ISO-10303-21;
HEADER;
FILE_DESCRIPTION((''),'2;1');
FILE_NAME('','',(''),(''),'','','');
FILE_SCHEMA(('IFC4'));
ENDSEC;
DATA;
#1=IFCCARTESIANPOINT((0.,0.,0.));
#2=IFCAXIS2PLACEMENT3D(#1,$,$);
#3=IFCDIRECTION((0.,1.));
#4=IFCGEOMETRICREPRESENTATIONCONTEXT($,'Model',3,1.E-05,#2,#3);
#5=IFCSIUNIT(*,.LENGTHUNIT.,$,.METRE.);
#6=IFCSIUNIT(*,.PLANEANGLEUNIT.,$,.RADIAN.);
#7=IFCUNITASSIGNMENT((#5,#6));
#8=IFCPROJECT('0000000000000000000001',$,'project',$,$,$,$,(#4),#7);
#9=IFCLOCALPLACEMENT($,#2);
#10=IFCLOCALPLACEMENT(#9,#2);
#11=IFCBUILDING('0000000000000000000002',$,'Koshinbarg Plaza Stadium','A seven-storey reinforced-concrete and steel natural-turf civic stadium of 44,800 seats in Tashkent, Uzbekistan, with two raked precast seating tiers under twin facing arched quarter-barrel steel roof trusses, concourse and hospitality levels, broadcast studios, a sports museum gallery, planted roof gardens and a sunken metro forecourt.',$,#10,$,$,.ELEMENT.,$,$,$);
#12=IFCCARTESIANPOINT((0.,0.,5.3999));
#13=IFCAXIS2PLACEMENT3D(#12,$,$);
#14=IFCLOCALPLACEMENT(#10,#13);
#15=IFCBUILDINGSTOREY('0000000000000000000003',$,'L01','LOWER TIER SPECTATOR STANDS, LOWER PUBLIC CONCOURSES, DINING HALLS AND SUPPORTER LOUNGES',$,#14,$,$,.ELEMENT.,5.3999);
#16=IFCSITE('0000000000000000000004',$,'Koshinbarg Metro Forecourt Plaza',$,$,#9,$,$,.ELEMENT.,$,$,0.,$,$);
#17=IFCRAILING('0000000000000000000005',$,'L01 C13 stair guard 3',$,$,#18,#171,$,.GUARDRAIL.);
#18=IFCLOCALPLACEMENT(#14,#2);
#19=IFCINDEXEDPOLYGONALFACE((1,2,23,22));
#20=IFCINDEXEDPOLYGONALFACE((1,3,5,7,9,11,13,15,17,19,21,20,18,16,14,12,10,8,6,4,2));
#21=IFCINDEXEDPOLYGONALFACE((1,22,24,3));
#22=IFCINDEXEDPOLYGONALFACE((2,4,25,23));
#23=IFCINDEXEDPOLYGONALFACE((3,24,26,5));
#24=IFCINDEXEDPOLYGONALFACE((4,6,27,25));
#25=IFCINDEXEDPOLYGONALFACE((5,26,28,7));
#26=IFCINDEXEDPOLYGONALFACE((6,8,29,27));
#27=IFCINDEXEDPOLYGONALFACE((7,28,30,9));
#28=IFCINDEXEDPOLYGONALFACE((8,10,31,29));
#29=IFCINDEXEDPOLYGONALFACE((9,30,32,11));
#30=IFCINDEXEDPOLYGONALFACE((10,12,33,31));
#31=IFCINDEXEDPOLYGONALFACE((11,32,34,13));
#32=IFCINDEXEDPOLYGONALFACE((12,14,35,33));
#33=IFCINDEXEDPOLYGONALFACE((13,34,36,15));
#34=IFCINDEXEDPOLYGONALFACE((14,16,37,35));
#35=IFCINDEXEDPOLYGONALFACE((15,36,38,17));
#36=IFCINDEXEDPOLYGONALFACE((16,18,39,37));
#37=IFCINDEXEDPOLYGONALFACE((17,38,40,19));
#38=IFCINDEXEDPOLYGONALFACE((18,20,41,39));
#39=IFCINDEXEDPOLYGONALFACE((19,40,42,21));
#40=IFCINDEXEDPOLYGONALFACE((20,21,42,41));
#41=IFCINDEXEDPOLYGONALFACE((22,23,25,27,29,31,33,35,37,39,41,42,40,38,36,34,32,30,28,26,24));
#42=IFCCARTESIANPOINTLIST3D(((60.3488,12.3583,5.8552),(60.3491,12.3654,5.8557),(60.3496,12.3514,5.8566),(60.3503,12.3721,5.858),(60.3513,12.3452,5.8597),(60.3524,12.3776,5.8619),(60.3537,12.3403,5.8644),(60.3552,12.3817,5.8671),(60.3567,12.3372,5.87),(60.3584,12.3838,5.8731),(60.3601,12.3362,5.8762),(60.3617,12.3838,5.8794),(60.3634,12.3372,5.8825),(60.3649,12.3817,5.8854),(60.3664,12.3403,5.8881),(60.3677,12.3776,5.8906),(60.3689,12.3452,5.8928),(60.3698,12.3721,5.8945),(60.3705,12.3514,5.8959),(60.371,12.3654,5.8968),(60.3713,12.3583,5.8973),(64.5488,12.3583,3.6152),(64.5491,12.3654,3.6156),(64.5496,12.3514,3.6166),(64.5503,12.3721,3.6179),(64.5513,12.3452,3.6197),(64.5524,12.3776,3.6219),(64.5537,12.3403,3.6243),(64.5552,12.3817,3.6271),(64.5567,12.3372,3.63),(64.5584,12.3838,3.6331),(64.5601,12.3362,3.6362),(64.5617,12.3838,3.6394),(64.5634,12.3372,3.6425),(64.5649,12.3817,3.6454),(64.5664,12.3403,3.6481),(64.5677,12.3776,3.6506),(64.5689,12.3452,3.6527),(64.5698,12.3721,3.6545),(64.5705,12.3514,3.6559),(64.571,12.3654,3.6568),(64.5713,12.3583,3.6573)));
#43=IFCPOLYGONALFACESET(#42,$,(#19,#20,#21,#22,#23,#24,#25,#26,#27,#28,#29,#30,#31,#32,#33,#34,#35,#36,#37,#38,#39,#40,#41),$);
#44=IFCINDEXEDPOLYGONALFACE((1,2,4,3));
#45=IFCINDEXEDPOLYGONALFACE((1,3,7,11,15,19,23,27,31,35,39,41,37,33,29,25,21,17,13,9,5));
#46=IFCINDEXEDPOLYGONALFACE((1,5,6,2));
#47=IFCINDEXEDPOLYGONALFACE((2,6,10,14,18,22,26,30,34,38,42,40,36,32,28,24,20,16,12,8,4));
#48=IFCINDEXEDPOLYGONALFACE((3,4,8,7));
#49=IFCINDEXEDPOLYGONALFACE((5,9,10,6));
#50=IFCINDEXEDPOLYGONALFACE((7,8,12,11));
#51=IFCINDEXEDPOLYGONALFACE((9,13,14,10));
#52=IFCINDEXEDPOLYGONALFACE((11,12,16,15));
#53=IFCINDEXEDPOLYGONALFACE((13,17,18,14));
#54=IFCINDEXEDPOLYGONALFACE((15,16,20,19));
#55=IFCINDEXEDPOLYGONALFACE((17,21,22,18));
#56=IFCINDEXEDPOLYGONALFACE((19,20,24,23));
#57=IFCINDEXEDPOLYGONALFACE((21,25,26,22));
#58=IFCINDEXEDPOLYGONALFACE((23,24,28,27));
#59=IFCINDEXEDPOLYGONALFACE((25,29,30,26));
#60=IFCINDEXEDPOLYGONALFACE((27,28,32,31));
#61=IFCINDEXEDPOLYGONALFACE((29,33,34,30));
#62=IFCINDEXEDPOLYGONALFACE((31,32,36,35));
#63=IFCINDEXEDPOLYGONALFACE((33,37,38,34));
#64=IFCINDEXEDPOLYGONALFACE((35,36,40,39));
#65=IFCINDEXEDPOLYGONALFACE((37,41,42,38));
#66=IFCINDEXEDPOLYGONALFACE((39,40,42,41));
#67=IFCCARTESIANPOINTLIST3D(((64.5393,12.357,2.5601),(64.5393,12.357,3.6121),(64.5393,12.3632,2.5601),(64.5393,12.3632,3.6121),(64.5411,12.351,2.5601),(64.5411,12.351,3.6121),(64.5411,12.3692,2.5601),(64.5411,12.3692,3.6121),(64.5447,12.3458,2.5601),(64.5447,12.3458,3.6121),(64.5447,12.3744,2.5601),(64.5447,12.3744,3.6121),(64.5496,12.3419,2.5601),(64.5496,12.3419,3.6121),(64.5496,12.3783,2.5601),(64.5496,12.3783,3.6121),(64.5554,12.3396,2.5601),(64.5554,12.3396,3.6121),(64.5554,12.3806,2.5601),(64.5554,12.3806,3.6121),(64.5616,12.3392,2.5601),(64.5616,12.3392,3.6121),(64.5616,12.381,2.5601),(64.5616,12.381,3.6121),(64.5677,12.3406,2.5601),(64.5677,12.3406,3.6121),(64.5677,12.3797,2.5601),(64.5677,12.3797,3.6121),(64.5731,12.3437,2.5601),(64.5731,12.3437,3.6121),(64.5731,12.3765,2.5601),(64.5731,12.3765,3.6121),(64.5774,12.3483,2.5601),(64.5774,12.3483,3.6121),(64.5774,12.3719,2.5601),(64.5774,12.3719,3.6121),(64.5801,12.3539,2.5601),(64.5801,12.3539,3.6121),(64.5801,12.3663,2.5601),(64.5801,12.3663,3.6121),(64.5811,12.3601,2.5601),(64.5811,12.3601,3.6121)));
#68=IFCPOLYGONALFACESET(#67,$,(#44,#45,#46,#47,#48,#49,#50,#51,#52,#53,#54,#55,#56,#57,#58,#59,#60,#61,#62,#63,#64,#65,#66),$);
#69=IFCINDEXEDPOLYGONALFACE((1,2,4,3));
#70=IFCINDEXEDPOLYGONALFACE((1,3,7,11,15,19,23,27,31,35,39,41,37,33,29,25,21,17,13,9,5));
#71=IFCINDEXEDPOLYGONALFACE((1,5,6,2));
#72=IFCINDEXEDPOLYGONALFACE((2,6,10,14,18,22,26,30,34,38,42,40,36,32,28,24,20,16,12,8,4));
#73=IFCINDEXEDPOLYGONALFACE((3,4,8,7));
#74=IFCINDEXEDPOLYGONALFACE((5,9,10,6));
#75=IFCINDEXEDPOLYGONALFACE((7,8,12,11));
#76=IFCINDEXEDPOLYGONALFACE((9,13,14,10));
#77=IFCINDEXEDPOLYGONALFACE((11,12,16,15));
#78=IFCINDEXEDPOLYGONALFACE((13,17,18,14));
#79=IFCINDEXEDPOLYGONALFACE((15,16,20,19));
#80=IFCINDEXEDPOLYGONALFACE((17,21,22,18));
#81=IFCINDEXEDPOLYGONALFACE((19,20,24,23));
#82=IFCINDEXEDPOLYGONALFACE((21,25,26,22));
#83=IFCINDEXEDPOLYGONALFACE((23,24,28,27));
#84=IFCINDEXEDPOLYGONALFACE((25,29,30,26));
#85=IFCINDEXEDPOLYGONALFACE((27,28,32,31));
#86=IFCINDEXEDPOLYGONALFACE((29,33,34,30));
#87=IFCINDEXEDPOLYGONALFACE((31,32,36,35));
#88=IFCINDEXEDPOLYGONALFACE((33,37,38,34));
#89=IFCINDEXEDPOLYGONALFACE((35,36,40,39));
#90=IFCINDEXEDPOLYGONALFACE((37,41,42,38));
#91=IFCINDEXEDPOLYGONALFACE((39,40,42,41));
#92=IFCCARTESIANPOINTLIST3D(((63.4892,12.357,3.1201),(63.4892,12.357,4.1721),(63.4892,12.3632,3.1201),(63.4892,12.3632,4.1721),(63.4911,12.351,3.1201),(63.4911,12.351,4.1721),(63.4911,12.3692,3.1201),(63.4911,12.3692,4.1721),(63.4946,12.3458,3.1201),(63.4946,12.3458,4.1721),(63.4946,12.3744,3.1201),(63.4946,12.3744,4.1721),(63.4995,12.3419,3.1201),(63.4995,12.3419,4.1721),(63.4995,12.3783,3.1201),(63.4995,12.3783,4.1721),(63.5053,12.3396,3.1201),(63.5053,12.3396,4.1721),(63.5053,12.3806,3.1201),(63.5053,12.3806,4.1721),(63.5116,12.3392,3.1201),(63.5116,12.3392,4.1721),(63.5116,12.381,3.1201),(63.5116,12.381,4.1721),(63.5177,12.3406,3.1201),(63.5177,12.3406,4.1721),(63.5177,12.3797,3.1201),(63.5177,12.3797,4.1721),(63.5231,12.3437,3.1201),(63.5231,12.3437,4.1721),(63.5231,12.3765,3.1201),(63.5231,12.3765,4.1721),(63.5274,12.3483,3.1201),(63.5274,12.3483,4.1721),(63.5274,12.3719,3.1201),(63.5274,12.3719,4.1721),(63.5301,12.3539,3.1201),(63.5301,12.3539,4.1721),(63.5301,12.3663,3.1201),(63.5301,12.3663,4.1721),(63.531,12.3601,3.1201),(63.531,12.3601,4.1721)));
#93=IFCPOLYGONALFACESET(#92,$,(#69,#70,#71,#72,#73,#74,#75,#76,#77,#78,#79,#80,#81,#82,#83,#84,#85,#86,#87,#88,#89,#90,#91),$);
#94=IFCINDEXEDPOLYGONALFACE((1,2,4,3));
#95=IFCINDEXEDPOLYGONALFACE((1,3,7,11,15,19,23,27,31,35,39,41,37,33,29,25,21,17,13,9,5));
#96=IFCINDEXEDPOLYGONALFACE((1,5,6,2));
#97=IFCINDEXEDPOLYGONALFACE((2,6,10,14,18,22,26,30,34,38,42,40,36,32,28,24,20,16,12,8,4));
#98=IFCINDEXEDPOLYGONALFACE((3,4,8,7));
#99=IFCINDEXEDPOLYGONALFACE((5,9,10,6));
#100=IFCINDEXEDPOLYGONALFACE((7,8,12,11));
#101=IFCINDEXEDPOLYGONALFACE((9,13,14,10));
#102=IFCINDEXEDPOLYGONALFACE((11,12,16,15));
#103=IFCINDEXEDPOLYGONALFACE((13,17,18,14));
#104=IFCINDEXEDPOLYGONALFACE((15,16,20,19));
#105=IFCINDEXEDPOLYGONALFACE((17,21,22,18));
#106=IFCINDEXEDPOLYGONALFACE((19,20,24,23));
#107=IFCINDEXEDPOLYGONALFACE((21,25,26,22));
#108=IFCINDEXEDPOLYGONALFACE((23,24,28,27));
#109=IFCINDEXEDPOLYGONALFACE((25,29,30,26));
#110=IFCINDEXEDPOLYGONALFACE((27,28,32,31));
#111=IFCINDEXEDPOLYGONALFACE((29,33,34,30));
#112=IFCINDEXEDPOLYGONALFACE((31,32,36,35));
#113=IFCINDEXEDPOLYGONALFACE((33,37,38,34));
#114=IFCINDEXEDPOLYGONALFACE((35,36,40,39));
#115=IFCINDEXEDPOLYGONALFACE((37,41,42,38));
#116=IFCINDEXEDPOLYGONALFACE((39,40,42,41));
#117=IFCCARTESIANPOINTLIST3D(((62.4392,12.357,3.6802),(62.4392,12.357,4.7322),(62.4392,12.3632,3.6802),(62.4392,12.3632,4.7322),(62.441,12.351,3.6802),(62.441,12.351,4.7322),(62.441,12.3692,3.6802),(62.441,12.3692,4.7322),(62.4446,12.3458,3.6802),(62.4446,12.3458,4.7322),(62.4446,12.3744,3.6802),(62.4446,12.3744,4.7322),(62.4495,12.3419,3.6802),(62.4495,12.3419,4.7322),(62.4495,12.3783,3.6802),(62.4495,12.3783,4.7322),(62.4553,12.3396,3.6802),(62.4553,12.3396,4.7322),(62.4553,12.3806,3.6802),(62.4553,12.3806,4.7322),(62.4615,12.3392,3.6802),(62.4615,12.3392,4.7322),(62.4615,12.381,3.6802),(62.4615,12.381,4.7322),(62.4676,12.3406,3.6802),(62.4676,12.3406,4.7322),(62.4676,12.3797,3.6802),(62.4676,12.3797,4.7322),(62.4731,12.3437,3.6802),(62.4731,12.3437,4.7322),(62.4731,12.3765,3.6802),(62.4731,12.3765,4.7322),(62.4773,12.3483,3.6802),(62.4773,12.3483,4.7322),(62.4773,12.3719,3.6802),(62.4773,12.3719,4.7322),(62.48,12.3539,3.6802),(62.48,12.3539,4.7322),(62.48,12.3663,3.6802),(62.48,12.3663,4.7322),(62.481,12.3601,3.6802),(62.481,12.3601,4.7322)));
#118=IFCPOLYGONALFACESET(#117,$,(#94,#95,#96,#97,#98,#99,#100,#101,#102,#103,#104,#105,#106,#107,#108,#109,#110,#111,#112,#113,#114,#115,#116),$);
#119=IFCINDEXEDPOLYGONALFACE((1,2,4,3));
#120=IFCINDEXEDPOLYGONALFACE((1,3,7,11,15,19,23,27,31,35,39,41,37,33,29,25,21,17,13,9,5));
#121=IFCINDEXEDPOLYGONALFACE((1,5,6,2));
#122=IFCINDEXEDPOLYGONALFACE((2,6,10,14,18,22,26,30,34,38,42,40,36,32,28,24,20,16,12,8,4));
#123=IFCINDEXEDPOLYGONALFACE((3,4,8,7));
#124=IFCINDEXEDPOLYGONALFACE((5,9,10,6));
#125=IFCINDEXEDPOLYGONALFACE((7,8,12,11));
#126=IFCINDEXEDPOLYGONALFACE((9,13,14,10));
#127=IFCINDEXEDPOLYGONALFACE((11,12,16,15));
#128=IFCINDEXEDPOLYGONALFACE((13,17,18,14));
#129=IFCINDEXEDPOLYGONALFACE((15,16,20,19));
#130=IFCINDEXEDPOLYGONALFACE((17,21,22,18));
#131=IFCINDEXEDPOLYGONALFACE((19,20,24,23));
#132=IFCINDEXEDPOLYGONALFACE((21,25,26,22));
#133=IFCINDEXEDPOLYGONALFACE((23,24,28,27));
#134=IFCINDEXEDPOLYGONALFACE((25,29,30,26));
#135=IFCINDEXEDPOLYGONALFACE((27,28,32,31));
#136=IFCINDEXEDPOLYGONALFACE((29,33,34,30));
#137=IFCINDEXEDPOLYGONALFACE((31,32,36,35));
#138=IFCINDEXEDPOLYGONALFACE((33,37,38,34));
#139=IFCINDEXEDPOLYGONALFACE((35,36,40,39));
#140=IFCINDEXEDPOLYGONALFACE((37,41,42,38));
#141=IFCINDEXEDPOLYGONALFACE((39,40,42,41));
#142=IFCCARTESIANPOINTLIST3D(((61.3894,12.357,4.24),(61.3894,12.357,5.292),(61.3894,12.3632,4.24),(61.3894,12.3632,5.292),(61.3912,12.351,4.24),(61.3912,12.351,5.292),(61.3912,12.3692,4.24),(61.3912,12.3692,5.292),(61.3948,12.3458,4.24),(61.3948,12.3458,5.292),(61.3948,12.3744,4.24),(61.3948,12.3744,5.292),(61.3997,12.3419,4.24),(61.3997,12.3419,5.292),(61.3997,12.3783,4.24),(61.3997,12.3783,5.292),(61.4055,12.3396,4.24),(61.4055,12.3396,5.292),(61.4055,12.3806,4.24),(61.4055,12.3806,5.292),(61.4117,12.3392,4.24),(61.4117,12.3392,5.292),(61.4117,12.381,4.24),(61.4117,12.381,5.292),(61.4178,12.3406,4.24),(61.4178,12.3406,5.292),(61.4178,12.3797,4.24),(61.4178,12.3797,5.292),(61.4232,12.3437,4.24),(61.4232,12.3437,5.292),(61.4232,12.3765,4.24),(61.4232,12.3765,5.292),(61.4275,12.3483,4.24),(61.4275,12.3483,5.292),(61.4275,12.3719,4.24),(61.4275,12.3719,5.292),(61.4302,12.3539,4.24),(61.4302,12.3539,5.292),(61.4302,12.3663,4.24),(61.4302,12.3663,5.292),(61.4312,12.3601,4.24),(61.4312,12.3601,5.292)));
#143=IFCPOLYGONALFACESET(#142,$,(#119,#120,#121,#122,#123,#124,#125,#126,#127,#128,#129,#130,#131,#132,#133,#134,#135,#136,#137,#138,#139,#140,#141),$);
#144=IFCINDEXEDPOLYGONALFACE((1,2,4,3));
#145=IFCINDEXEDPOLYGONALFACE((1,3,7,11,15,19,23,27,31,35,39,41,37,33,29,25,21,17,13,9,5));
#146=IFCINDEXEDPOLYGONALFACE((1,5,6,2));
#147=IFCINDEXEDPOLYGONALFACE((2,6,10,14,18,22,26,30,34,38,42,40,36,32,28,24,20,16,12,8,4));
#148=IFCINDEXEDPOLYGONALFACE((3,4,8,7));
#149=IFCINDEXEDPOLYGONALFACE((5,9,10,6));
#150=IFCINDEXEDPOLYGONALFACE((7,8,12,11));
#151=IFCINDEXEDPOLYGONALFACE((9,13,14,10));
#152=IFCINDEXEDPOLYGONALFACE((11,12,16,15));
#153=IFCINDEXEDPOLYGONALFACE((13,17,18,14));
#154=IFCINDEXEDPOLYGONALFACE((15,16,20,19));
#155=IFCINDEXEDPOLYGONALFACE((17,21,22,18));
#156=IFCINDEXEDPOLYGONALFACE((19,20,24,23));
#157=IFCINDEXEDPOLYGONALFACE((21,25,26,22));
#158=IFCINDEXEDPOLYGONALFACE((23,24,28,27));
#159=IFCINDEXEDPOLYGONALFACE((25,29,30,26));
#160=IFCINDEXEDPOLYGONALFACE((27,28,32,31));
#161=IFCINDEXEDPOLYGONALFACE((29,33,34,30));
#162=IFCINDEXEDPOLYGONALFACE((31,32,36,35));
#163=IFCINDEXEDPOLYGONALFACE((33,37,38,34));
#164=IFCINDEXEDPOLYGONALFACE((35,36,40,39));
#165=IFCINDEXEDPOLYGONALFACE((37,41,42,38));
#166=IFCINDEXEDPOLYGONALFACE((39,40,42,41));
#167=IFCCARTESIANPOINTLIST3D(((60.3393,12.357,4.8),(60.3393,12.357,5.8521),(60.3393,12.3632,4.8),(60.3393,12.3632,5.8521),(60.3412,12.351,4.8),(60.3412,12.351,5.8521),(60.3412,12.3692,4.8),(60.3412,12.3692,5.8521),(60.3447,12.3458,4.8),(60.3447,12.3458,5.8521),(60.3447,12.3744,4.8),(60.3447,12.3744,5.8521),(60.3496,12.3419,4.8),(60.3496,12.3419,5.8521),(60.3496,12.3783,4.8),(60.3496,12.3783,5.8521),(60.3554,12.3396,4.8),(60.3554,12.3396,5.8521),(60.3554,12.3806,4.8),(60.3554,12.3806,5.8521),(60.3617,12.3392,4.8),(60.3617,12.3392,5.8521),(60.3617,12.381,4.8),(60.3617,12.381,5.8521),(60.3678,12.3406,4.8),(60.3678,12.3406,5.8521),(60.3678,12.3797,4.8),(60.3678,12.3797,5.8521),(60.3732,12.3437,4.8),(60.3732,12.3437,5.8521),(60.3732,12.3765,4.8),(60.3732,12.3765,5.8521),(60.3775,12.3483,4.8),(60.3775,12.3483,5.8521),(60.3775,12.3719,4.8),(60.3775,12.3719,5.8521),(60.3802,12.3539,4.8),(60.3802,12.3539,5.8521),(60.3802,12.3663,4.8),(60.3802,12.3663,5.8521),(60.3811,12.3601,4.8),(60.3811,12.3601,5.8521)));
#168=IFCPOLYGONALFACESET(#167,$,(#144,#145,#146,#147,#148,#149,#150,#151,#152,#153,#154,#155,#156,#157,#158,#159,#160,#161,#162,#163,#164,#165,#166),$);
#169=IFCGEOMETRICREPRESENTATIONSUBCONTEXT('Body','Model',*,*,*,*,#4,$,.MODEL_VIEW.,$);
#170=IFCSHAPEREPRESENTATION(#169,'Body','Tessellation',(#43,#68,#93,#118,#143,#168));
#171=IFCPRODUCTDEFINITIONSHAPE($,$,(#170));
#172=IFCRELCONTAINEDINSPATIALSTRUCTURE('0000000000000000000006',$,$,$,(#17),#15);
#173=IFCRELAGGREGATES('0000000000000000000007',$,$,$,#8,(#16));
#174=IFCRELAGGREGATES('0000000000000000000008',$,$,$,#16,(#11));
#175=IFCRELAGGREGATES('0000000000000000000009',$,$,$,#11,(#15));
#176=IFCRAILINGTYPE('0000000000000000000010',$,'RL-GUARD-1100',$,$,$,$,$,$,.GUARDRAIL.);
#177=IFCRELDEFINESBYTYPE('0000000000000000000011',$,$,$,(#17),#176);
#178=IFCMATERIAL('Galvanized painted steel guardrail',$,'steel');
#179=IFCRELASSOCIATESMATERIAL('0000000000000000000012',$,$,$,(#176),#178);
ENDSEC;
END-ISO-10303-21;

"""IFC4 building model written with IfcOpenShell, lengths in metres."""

from ifc_helpers import new_model, si_unit, direction, frame, origin, origin_2d, place, context, subcontext, project, spatial, circle, extrude, material, type_object, element, save


model = new_model("IFC4")

# Units and contexts
model_context = context("Model", 3, precision=1e-05, world=origin(), true_north=direction((0.0, 1.0)))
body_context = subcontext(model_context, "Body", "Model", "MODEL_VIEW")
ifc_project = project(units=[si_unit("LENGTHUNIT", "METRE"), si_unit("PLANEANGLEUNIT", "RADIAN")], contexts=[model_context])

# Site, building, storey
site_placement = place(None, origin())
site = spatial("IfcSite", under=ifc_project, at=site_placement, Name="Koshinbarg Metro Forecourt Plaza", CompositionType="ELEMENT", RefElevation=0.0)
building_placement = place(site_placement, origin())
building = spatial("IfcBuilding", under=site, at=building_placement, Name="Koshinbarg Plaza Stadium", Description="A seven-storey reinforced-concrete and steel natural-turf civic stadium of 44,800 seats in Tashkent, Uzbekistan, with two raked precast seating tiers under twin facing arched quarter-barrel steel roof trusses, concourse and hospitality levels, broadcast studios, a sports museum gallery, planted roof gardens and a sunken metro forecourt.", CompositionType="ELEMENT")
storey_placement = place(building_placement, frame((0.0, 0.0, 5.3999)))
storey = spatial("IfcBuildingStorey", under=building, at=storey_placement, Name="L01", Description="LOWER TIER SPECTATOR STANDS, LOWER PUBLIC CONCOURSES, DINING HALLS AND SUPPORTER LOUNGES", CompositionType="ELEMENT", Elevation=5.3999)

# Railing
ifc_material_1 = material(Name="Galvanized painted steel guardrail", Category="steel")
railing_type_1 = type_object("IfcRailingType", Name="RL-GUARD-1100", PredefinedType="GUARDRAIL", material=ifc_material_1)
railing_1_placement = place(storey_placement, frame((64.5601, 12.3601, 2.5601)))
element("IfcRailing", 1, at=railing_1_placement, inside=storey, type_object=railing_type_1, Name="L01 C13 stair guard 3", PredefinedType="GUARDRAIL", context=body_context, shape_type="SweptSolid", body=[
    extrude(circle(Radius=0.0239, at=origin_2d()), frame((0.0, 0.0, 1.0762), z_axis=(-0.882352, 0.0, 0.470591), x_axis=(0.0, -1.0, 0.0)), (0.0, 0.0, 1.0), 4.76),
    extrude(circle(Radius=0.021, at=origin_2d()), origin(), (0.0, 0.0, 1.0), 1.052),
    extrude(circle(Radius=0.021, at=origin_2d()), frame((-1.05, 0.0, 0.5601)), (0.0, 0.0, 1.0), 1.052),
    extrude(circle(Radius=0.021, at=origin_2d()), frame((-2.1001, 0.0, 1.1201)), (0.0, 0.0, 1.0), 1.052),
    extrude(circle(Radius=0.021, at=origin_2d()), frame((-3.1499, 0.0, 1.6799)), (0.0, 0.0, 1.0), 1.052),
    extrude(circle(Radius=0.021, at=origin_2d()), frame((-4.2, 0.0, 2.24)), (0.0, 0.0, 1.0), 1.052),
])

save(model, "model.ifc")
